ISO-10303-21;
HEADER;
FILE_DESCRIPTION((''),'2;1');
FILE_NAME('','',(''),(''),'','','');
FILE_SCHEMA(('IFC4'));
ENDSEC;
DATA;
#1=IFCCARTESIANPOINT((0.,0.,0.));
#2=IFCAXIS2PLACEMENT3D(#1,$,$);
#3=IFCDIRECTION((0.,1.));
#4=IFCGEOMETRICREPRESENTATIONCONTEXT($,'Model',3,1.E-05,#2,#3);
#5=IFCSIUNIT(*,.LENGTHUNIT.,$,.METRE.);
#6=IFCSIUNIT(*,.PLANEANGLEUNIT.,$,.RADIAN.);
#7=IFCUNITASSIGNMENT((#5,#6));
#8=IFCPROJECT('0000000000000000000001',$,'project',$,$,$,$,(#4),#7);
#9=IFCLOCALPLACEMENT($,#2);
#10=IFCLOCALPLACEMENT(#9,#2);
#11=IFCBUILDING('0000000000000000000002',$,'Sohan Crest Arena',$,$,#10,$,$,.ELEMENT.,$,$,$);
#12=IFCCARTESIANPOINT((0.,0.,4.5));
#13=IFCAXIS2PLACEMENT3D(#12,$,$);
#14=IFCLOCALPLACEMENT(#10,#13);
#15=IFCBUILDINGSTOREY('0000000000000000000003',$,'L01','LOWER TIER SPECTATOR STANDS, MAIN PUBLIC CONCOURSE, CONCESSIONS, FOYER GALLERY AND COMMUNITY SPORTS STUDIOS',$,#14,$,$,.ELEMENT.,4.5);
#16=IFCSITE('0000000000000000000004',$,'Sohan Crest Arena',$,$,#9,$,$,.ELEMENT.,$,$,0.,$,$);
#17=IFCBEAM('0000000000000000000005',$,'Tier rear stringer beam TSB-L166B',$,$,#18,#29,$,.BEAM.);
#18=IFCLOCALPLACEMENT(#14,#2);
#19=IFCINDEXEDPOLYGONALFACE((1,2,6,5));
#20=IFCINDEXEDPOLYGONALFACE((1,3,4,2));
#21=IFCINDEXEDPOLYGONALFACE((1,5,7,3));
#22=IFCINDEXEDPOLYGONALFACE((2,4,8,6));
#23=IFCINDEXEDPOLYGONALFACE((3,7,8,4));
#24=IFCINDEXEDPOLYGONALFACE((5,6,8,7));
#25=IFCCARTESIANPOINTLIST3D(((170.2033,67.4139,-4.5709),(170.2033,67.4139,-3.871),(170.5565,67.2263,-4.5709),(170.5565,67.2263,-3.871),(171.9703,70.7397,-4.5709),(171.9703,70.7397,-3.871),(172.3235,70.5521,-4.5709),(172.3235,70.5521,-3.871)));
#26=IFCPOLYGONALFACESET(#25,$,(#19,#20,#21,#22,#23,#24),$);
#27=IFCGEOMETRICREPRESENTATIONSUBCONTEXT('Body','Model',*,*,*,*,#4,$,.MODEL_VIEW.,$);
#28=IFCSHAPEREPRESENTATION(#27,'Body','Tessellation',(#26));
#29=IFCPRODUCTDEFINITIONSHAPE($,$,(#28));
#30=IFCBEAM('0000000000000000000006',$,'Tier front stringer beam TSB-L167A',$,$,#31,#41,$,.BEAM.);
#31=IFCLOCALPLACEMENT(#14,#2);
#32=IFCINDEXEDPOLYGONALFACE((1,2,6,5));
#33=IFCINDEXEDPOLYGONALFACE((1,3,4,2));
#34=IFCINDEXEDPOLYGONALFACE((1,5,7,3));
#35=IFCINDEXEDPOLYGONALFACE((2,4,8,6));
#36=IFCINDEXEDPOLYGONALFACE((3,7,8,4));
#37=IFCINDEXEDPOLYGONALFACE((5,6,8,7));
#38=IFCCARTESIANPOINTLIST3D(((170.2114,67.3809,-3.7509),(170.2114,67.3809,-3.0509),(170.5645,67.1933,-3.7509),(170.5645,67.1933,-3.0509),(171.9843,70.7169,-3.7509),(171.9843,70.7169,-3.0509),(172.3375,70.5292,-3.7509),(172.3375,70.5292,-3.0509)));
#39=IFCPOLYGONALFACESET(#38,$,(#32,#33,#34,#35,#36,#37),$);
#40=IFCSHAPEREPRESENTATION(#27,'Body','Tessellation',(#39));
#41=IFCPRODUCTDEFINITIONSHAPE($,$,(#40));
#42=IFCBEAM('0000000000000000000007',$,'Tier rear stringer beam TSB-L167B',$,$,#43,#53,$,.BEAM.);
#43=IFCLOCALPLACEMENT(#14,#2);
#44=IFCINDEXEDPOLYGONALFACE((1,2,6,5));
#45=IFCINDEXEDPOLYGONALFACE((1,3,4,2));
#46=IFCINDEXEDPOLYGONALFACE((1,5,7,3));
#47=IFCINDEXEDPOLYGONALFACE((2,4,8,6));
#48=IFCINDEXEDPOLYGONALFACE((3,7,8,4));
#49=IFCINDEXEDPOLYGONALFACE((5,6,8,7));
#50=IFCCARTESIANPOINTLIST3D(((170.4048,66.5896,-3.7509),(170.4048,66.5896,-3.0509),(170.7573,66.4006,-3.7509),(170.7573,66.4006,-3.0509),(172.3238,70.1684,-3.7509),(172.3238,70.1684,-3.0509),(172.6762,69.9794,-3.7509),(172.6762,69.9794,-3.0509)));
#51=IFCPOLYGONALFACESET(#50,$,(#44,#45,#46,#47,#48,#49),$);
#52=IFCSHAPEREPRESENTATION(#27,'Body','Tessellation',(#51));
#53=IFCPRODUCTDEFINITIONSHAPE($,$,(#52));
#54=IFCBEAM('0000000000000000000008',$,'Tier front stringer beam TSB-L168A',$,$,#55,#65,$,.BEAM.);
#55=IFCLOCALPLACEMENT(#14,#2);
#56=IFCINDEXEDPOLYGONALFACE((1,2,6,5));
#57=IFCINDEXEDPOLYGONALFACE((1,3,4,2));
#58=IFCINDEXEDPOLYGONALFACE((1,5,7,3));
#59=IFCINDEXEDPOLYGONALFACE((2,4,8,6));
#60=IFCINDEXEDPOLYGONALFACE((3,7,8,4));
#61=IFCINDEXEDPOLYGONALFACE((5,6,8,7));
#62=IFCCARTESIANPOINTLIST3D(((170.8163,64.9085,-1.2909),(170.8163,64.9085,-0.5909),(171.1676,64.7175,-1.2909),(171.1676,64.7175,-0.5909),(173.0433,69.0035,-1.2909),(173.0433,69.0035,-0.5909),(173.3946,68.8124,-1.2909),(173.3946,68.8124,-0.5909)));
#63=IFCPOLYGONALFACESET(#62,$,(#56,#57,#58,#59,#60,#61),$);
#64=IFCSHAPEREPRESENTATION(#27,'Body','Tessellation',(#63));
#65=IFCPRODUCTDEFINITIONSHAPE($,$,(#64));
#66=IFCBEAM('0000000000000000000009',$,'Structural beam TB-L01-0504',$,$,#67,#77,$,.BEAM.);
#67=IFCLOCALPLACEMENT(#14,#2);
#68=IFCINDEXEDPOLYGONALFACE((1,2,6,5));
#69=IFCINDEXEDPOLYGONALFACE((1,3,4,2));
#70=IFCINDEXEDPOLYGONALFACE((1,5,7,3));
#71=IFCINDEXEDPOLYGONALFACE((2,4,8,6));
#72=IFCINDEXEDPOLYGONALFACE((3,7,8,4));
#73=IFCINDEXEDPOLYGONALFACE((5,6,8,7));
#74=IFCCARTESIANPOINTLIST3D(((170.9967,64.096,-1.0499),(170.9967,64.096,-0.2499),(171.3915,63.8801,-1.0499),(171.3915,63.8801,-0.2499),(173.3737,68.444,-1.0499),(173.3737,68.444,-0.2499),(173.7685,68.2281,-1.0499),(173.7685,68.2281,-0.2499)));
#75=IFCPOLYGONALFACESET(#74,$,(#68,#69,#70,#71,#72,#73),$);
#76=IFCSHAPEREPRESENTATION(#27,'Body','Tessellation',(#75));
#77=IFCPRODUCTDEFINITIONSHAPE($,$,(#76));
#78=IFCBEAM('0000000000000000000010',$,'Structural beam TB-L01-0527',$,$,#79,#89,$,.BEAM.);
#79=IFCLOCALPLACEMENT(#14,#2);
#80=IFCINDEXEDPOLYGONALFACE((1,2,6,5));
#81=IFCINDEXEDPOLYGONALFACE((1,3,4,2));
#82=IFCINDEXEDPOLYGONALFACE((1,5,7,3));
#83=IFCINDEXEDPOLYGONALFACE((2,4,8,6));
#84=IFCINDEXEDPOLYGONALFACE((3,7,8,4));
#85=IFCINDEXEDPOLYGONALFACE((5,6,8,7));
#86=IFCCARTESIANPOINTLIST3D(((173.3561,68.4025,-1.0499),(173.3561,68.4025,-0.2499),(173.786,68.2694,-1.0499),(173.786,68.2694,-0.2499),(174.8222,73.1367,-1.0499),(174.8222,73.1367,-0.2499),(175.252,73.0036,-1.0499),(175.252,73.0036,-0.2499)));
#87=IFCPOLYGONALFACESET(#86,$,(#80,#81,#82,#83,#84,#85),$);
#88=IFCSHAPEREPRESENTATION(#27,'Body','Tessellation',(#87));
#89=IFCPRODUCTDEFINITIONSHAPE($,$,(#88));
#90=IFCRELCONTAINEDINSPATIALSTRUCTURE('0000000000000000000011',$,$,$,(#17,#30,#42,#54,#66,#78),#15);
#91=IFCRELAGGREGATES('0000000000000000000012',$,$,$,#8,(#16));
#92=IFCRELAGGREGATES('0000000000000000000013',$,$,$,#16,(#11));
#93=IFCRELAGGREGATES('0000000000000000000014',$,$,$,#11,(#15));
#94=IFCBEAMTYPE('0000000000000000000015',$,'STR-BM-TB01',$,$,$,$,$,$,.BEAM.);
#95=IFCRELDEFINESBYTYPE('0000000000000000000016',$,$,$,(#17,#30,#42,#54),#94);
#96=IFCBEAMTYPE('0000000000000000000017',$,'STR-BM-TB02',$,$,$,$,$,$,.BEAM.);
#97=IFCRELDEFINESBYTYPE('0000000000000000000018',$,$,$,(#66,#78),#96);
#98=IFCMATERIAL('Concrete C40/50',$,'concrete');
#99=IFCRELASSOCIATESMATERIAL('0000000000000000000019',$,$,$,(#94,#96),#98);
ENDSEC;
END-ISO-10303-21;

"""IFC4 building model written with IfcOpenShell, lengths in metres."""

from ifc_helpers import new_model, si_unit, direction, frame, origin, origin_2d, place, context, subcontext, project, spatial, rectangle, extrude, material, material_profile, profile_set, type_object, element, save


model = new_model("IFC4")

# Units and contexts
model_context = context("Model", 3, precision=1e-05, world=origin(), true_north=direction((0.0, 1.0)))
body_context = subcontext(model_context, "Body", "Model", "MODEL_VIEW")
ifc_project = project(units=[si_unit("LENGTHUNIT", "METRE"), si_unit("PLANEANGLEUNIT", "RADIAN")], contexts=[model_context])

# Site, building, storey
site_placement = place(None, origin())
site = spatial("IfcSite", under=ifc_project, at=site_placement, Name="Sohan Crest Arena", CompositionType="ELEMENT", RefElevation=0.0)
building_placement = place(site_placement, origin())
building = spatial("IfcBuilding", under=site, at=building_placement, Name="Sohan Crest Arena", CompositionType="ELEMENT")
storey_placement = place(building_placement, frame((0.0, 0.0, 4.5)))
storey = spatial("IfcBuildingStorey", under=building, at=storey_placement, Name="L01", Description="LOWER TIER SPECTATOR STANDS, MAIN PUBLIC CONCOURSE, CONCESSIONS, FOYER GALLERY AND COMMUNITY SPORTS STUDIOS", CompositionType="ELEMENT", Elevation=4.5)

# Shared definitions
ifc_material_1 = material(Name="Concrete C40/50", Category="concrete")

# Beams
ifc_material_profile_1 = material_profile(ifc_material_1, rectangle(XDim=0.3999, YDim=0.7, at=origin_2d()), Name="RC-BM 400x700")
ifc_profile_set_1 = profile_set([ifc_material_profile_1], Name="Concrete C40/50")
beam_type_1 = type_object("IfcBeamType", Name="STR-BM-TB01", PredefinedType="BEAM", material=ifc_profile_set_1)
beam_1_placement = place(storey_placement, frame((170.3799, 67.3201, -4.2209), z_axis=(0.469195, 0.883095, 0.0), x_axis=(-0.883095, 0.469195, 0.0)))
element("IfcBeam", 1, at=beam_1_placement, inside=storey, type_object=beam_type_1, Name="Tier rear stringer beam TSB-L166B", PredefinedType="BEAM", context=body_context, shape_type="SweptSolid", body=[
    extrude(rectangle(XDim=0.3999, YDim=0.7, at=origin_2d()), origin(), (0.0, 0.0, 1.0), 3.7661),
])
beam_2_placement = place(storey_placement, frame((170.3879, 67.2871, -3.4009), z_axis=(0.469306, 0.883035, 0.0), x_axis=(-0.883035, 0.469306, 0.0)))
element("IfcBeam", 2, at=beam_2_placement, inside=storey, type_object=beam_type_1, Name="Tier front stringer beam TSB-L167A", PredefinedType="BEAM", context=body_context, shape_type="SweptSolid", body=[
    extrude(rectangle(XDim=0.3999, YDim=0.7, at=origin_2d()), origin(), (0.0, 0.0, 1.0), 3.7778),
])
beam_3_placement = place(storey_placement, frame((170.5811, 66.4951, -3.4009), z_axis=(0.472547, 0.881306, 0.0), x_axis=(-0.881306, 0.472547, 0.0)))
element("IfcBeam", 3, at=beam_3_placement, inside=storey, type_object=beam_type_1, Name="Tier rear stringer beam TSB-L167B", PredefinedType="BEAM", context=body_context, shape_type="SweptSolid", body=[
    extrude(rectangle(XDim=0.3999, YDim=0.7, at=origin_2d()), origin(), (0.0, 0.0, 1.0), 4.0608),
])
beam_4_placement = place(storey_placement, frame((170.9919, 64.813, -0.9409), z_axis=(0.477766, 0.878487, 0.0), x_axis=(-0.878487, 0.477766, 0.0)))
element("IfcBeam", 4, at=beam_4_placement, inside=storey, type_object=beam_type_1, Name="Tier front stringer beam TSB-L168A", PredefinedType="BEAM", context=body_context, shape_type="SweptSolid", body=[
    extrude(rectangle(XDim=0.3999, YDim=0.7, at=origin_2d()), origin(), (0.0, 0.0, 1.0), 4.6614),
])
ifc_material_profile_2 = material_profile(ifc_material_1, rectangle(XDim=0.45, YDim=0.8, at=origin_2d()), Name="RC-BM 450x800")
ifc_profile_set_2 = profile_set([ifc_material_profile_2], Name="Concrete C40/50")
beam_type_2 = type_object("IfcBeamType", Name="STR-BM-TB02", PredefinedType="BEAM", material=ifc_profile_set_2)
beam_5_placement = place(storey_placement, frame((171.1941, 63.988, -0.6499), z_axis=(0.479687, 0.87744, 0.0), x_axis=(-0.87744, 0.479687, 0.0)))
element("IfcBeam", 5, at=beam_5_placement, inside=storey, type_object=beam_type_2, Name="Structural beam TB-L01-0504", PredefinedType="BEAM", context=body_context, shape_type="SweptSolid", body=[
    extrude(rectangle(XDim=0.45, YDim=0.8, at=origin_2d()), origin(), (0.0, 0.0, 1.0), 4.9553),
])
beam_6_placement = place(storey_placement, frame((173.571, 68.3359, -0.6499), z_axis=(0.29582, 0.955244, 0.0), x_axis=(-0.955244, 0.29582, 0.0)))
element("IfcBeam", 6, at=beam_6_placement, inside=storey, type_object=beam_type_2, Name="Structural beam TB-L01-0527", PredefinedType="BEAM", context=body_context, shape_type="SweptSolid", body=[
    extrude(rectangle(XDim=0.45, YDim=0.8, at=origin_2d()), origin(), (0.0, 0.0, 1.0), 4.9561),
])

save(model, "model.ifc")
